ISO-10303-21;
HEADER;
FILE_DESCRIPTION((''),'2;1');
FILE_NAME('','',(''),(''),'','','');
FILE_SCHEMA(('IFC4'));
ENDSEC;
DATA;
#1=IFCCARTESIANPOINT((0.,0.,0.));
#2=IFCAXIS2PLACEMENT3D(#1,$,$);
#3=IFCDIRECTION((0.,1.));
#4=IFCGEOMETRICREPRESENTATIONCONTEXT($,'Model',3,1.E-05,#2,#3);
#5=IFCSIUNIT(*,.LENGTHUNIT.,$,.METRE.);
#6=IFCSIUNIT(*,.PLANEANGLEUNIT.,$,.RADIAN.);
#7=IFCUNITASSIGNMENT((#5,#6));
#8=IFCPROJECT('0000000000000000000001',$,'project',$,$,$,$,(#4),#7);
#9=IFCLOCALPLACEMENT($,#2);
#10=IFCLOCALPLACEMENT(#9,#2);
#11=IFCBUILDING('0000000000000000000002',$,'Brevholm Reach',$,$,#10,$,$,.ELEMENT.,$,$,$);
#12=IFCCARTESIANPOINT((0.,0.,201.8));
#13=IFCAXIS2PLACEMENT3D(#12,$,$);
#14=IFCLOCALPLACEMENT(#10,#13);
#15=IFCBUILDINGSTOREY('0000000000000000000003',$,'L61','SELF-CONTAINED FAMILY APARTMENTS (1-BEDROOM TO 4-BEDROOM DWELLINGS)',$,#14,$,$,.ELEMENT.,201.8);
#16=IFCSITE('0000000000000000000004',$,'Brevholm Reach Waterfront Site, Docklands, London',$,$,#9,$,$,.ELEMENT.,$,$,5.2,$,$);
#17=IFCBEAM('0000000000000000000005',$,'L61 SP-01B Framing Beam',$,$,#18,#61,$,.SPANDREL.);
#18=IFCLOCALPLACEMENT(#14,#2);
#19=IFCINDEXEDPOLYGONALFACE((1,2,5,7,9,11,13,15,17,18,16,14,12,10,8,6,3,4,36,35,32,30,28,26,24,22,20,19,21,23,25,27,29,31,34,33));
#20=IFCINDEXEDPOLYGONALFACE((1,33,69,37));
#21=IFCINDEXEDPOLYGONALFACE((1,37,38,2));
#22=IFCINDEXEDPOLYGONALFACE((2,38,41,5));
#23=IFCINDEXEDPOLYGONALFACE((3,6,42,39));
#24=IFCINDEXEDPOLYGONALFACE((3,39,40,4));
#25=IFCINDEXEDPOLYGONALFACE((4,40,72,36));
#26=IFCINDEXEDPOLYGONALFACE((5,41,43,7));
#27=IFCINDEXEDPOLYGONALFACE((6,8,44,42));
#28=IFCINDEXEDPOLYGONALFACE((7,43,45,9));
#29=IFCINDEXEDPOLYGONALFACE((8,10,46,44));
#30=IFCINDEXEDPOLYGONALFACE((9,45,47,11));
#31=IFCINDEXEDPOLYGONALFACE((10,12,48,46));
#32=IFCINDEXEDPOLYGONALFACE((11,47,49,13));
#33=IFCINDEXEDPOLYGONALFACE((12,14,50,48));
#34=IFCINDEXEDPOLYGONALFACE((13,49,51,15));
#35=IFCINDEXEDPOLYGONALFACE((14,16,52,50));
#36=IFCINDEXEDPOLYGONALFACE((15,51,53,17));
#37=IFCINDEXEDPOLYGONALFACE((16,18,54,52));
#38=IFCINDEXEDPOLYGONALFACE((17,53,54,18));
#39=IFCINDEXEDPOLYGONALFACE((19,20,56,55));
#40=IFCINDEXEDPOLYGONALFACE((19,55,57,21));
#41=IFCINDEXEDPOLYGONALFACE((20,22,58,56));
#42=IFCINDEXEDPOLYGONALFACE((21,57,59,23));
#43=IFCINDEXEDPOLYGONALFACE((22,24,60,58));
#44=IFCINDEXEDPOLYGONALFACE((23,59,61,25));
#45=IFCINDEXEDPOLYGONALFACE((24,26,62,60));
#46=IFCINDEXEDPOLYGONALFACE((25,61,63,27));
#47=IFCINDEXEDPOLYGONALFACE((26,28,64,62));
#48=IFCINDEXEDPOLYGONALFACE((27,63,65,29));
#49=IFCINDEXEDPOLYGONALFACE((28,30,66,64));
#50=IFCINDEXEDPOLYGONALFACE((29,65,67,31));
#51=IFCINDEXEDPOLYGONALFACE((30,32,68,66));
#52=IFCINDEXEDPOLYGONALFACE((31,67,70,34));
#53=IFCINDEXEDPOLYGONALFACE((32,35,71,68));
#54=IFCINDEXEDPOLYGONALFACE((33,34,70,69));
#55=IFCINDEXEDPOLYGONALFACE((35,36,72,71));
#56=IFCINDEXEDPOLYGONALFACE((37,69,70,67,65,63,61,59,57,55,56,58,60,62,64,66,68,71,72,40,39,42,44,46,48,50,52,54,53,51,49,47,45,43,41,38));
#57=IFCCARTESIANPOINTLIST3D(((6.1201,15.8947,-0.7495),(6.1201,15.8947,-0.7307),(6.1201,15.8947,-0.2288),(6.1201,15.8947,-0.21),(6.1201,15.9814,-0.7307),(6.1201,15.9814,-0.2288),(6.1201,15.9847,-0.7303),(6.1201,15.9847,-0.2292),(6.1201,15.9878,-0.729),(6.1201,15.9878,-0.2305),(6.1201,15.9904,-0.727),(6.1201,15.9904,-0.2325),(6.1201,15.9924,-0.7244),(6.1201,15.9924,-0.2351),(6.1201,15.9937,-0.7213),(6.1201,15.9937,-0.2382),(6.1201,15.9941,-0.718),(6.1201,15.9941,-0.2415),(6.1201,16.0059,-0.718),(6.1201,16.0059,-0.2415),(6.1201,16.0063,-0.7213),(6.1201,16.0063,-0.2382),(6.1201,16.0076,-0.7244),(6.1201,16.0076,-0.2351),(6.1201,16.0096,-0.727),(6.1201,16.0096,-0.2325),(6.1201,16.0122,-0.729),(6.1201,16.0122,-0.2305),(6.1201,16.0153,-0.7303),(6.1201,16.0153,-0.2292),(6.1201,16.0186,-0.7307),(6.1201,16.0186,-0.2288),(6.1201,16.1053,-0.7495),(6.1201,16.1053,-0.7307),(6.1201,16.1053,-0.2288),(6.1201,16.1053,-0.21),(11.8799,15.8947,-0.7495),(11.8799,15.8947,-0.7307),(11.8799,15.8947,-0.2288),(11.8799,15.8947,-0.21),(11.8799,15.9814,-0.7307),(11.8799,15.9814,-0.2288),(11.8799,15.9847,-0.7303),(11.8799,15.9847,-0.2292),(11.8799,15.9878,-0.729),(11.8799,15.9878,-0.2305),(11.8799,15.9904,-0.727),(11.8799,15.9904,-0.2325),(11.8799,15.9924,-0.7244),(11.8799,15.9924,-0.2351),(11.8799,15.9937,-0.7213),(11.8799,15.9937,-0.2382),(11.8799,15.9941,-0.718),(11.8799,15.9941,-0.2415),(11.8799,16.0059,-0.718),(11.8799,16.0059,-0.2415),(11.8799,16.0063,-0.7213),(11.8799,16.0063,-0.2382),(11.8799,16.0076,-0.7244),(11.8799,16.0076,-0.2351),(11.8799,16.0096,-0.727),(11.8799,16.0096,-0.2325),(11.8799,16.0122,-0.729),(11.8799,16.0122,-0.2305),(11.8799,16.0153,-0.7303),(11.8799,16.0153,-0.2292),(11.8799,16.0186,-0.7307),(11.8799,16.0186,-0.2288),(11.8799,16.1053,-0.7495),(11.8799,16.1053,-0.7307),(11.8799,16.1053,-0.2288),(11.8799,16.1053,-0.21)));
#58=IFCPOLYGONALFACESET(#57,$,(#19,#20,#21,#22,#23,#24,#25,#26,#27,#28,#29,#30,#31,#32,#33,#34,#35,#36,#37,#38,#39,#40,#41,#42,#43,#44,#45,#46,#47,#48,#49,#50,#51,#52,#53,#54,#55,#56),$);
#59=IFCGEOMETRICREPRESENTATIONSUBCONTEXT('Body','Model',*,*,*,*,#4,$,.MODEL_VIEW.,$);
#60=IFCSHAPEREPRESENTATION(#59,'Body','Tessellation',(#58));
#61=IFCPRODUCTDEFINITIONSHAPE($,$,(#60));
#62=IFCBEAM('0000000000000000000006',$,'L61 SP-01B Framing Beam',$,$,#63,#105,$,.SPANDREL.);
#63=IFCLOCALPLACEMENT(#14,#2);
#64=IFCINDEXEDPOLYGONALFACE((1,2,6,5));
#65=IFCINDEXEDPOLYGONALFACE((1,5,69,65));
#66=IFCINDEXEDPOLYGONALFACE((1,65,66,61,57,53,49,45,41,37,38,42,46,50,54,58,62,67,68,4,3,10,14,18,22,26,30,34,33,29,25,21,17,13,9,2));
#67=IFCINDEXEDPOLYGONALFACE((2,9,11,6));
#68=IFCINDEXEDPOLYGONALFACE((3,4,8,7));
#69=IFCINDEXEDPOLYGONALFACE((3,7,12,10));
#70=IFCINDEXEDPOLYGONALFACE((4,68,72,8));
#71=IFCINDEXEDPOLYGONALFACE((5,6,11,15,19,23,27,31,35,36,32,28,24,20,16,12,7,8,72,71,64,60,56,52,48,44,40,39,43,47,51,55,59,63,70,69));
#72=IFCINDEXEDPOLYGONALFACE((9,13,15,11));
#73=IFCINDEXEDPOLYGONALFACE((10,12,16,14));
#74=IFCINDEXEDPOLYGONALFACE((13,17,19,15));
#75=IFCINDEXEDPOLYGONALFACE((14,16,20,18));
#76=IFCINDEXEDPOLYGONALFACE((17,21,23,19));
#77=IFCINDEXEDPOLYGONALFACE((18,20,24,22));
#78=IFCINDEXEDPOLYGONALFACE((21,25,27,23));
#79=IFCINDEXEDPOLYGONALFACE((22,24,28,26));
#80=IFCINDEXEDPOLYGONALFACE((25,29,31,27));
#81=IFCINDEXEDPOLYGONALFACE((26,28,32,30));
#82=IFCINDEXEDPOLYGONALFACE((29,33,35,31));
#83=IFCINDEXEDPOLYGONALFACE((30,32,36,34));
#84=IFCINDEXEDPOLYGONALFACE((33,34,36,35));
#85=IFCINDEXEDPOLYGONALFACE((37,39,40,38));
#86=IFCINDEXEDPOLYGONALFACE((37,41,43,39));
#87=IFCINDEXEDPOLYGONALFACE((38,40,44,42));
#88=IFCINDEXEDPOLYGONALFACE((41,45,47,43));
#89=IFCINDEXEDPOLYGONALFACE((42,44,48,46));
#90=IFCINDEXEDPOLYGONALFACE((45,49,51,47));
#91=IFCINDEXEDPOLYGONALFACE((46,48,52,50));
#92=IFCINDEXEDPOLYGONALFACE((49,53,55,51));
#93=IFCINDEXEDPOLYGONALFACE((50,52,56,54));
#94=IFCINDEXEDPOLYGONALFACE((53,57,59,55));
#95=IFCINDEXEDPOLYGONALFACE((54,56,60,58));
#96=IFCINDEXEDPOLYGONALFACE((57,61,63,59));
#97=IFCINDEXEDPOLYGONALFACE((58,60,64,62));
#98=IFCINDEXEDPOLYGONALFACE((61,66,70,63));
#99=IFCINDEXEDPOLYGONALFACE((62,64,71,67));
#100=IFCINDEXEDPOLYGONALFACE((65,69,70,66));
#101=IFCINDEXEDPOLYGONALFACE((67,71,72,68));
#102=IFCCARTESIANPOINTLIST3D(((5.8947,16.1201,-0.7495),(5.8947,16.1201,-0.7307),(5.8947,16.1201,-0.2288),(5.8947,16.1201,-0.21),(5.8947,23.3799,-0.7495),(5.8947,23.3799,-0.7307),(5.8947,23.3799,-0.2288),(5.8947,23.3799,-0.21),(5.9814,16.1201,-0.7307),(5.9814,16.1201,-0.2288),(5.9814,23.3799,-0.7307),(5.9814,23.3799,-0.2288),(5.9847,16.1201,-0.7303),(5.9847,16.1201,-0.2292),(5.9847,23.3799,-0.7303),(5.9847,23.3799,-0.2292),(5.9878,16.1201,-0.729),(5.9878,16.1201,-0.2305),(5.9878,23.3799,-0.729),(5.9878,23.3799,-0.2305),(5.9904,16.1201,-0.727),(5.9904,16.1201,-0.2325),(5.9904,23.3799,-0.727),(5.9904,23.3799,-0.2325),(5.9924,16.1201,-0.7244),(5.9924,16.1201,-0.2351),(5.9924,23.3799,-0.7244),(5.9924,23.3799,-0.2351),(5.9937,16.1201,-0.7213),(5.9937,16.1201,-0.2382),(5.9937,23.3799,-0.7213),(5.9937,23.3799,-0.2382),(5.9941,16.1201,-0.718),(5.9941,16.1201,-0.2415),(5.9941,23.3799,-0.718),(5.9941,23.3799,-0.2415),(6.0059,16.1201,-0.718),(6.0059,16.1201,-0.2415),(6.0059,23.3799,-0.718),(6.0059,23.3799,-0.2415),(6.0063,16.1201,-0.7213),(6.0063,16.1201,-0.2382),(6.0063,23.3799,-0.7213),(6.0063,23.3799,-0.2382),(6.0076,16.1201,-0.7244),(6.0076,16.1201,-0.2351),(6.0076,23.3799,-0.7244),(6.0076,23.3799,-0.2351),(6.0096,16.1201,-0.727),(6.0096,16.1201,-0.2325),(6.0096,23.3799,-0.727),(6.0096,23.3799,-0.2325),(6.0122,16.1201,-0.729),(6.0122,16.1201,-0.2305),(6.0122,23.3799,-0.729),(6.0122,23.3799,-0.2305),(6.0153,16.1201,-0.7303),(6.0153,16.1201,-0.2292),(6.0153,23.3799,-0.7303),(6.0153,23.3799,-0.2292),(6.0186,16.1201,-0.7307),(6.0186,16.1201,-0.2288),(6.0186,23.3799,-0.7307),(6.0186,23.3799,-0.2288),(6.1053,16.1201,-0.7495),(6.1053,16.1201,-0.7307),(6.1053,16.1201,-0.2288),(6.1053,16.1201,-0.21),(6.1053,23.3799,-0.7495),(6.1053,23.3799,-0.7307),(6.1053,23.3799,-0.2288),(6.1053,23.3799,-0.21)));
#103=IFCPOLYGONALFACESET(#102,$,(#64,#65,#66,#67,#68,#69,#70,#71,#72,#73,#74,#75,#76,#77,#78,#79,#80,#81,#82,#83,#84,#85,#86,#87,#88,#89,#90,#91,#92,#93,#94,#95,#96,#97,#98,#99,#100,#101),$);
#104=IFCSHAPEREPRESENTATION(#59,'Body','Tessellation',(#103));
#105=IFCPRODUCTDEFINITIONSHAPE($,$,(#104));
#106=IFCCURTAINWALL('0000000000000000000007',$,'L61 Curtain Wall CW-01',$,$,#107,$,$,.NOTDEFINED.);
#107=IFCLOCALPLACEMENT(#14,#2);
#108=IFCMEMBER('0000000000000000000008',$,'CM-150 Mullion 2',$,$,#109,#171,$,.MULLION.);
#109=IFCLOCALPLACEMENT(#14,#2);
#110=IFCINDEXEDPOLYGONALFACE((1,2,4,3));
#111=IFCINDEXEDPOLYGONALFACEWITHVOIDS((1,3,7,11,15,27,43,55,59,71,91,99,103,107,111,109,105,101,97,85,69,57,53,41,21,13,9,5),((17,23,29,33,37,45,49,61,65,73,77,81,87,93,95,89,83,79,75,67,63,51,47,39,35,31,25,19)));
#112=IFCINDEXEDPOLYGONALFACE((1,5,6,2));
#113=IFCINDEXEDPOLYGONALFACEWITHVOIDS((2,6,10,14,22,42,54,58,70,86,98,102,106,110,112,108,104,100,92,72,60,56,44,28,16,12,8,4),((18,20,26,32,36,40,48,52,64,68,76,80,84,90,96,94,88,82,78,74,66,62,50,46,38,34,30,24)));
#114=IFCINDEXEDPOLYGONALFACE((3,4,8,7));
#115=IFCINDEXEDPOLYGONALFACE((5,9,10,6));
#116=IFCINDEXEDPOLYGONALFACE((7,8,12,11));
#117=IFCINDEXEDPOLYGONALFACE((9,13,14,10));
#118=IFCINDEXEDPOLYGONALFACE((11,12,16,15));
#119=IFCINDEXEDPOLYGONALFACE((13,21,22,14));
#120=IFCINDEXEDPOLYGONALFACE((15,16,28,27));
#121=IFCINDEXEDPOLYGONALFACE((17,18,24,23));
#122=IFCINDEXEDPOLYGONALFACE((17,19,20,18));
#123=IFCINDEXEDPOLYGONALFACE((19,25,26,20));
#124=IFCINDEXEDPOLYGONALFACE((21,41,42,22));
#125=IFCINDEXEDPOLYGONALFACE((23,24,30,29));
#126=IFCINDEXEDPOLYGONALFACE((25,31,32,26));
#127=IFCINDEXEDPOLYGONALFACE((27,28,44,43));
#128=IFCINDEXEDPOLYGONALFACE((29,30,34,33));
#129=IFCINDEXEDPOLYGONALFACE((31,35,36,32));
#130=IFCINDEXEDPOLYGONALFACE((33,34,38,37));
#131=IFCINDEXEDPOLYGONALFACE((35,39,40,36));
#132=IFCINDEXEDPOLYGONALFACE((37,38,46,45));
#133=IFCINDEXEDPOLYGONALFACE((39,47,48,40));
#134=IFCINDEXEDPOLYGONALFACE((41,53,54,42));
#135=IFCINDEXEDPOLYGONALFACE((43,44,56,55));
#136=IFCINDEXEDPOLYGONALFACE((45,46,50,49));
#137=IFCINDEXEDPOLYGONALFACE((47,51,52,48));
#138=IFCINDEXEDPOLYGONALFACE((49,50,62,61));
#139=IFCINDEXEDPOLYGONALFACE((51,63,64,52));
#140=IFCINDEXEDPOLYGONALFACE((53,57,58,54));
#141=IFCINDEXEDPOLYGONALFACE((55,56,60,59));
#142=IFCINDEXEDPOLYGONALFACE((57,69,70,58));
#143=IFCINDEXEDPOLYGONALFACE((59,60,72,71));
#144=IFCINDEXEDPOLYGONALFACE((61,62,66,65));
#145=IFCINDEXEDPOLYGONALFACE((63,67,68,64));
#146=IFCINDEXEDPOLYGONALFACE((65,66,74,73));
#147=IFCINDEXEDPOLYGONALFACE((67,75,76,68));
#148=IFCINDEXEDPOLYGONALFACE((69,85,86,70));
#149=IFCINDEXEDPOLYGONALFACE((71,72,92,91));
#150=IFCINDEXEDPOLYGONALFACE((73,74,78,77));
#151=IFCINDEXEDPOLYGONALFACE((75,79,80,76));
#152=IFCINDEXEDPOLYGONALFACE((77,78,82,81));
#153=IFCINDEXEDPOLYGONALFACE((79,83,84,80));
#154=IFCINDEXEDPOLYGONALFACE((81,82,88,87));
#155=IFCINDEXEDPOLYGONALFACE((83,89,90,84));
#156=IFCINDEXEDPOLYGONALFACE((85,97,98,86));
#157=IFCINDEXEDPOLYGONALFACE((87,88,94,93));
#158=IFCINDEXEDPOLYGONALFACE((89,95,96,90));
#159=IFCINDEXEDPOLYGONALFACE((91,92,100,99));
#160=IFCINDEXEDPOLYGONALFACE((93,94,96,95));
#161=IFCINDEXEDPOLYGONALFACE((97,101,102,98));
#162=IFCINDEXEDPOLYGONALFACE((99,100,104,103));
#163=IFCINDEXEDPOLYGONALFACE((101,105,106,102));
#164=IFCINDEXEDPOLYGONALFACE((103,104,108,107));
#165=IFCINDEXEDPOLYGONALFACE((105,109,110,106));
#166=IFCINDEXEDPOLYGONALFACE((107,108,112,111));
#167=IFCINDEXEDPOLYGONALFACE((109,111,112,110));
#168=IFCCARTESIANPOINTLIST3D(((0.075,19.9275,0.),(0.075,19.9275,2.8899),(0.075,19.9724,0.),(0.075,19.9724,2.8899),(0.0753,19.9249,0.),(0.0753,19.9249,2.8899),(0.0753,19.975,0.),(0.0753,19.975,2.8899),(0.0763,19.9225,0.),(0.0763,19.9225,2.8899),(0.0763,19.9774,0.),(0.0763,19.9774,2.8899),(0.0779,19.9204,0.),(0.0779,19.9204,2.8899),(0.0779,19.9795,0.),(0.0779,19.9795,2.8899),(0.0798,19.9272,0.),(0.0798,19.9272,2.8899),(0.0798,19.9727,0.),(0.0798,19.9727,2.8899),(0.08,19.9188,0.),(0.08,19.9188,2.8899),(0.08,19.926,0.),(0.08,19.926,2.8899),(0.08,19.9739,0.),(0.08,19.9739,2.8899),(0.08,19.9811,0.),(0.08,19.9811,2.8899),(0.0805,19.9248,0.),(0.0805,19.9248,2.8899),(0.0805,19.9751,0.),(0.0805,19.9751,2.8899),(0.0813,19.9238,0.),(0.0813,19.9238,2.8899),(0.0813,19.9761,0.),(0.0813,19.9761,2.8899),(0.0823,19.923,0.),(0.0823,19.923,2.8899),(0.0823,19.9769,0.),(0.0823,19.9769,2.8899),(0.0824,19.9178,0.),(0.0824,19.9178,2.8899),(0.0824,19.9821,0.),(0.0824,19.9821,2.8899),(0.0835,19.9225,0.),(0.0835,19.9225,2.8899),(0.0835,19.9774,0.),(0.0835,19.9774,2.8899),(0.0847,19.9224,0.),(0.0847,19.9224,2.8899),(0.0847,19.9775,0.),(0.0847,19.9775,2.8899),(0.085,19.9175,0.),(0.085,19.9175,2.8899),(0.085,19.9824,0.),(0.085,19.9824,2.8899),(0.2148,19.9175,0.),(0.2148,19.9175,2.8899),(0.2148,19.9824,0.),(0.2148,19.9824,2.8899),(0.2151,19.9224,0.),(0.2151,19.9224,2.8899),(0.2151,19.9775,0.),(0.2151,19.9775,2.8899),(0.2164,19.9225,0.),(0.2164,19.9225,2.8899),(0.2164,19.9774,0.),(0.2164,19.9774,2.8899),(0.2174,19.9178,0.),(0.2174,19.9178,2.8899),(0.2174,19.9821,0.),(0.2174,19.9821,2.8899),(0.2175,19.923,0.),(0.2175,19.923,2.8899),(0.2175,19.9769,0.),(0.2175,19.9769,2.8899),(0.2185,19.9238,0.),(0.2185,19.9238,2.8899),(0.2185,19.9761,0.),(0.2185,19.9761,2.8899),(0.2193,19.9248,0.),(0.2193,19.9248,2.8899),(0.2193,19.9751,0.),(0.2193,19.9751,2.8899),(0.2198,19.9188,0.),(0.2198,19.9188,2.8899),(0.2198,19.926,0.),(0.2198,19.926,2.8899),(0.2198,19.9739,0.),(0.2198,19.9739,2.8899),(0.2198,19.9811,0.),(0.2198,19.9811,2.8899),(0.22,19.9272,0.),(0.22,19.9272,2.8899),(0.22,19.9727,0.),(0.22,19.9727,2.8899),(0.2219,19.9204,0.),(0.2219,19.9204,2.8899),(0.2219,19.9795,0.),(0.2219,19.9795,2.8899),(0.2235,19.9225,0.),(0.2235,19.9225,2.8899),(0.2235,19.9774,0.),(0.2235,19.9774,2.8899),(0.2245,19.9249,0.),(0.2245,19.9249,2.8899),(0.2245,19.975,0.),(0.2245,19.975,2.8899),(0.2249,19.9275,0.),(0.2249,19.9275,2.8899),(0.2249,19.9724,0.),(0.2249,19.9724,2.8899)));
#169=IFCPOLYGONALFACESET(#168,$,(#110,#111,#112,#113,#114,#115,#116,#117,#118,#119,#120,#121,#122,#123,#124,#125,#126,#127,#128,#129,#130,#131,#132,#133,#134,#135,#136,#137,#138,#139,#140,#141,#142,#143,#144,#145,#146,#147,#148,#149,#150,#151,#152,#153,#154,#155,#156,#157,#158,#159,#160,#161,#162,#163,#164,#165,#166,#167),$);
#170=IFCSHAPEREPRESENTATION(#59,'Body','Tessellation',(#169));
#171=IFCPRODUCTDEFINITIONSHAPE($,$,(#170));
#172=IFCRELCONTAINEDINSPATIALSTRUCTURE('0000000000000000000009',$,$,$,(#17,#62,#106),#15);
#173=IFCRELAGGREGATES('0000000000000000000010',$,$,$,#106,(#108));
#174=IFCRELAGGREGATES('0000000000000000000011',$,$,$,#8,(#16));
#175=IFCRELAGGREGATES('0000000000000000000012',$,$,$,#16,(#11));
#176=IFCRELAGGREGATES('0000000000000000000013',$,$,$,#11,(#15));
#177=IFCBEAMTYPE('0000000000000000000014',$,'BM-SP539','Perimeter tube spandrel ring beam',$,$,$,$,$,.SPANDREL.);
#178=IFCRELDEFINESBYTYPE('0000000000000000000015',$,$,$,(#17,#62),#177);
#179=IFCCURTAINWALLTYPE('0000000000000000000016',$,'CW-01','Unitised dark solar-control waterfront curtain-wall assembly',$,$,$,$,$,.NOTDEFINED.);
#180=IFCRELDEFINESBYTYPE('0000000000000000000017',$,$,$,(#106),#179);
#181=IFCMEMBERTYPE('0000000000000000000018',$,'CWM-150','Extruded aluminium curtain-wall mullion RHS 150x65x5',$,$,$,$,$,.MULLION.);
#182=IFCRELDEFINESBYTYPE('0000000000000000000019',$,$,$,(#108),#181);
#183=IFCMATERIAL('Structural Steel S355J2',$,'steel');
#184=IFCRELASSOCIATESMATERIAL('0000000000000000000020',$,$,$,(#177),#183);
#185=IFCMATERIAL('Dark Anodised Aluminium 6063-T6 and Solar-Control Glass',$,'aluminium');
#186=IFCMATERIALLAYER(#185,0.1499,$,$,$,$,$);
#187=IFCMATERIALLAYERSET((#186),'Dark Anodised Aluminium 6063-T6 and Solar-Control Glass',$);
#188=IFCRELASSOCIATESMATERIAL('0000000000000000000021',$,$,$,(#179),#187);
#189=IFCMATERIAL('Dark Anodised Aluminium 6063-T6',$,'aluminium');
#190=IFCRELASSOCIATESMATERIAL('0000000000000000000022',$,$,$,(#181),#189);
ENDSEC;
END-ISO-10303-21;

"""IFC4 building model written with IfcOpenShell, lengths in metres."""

from ifc_helpers import new_model, si_unit, direction, frame, origin, origin_2d, place, context, subcontext, project, spatial, hollow_rectangle, i_section, extrude, material, layer, layer_set, material_profile, profile_set, type_object, element, aggregate, save


model = new_model("IFC4")

# Units and contexts
model_context = context("Model", 3, precision=1e-05, world=origin(), true_north=direction((0.0, 1.0)))
body_context = subcontext(model_context, "Body", "Model", "MODEL_VIEW")
ifc_project = project(units=[si_unit("LENGTHUNIT", "METRE"), si_unit("PLANEANGLEUNIT", "RADIAN")], contexts=[model_context])

# Site, building, storey
site_placement = place(None, origin())
site = spatial("IfcSite", under=ifc_project, at=site_placement, Name="Brevholm Reach Waterfront Site, Docklands, London", CompositionType="ELEMENT", RefElevation=5.2)
building_placement = place(site_placement, origin())
building = spatial("IfcBuilding", under=site, at=building_placement, Name="Brevholm Reach", CompositionType="ELEMENT")
storey_placement = place(building_placement, frame((0.0, 0.0, 201.8)))
storey = spatial("IfcBuildingStorey", under=building, at=storey_placement, Name="L61", Description="SELF-CONTAINED FAMILY APARTMENTS (1-BEDROOM TO 4-BEDROOM DWELLINGS)", CompositionType="ELEMENT", Elevation=201.8)

# Beams
ifc_material_1 = material(Name="Structural Steel S355J2", Category="steel")
ifc_material_profile_1 = material_profile(ifc_material_1, i_section(OverallWidth=0.2107, OverallDepth=0.5396, WebThickness=0.0117, FlangeThickness=0.0188, FilletRadius=0.0127, at=origin_2d()), Name="UKB 533x210x109")
ifc_profile_set_1 = profile_set([ifc_material_profile_1], Name="Structural Steel S355J2")
beam_type_1 = type_object("IfcBeamType", Name="BM-SP539", Description="Perimeter tube spandrel ring beam", PredefinedType="SPANDREL", material=ifc_profile_set_1)
beam_1_placement = place(storey_placement, frame((6.1201, 16.0, -0.4797), z_axis=(1.0, 0.0, 0.0), x_axis=(0.0, 1.0, 0.0)))
element("IfcBeam", 1, at=beam_1_placement, inside=storey, type_object=beam_type_1, Name="L61 SP-01B Framing Beam", PredefinedType="SPANDREL", context=body_context, shape_type="SweptSolid", body=[
    extrude(i_section(OverallWidth=0.2107, OverallDepth=0.5396, WebThickness=0.0117, FlangeThickness=0.0188, FilletRadius=0.0127, at=origin_2d()), origin(), (0.0, 0.0, 1.0), 5.7598),
])
beam_2_placement = place(storey_placement, frame((6.0, 16.1201, -0.4797), z_axis=(0.0, 1.0, 0.0), x_axis=(-1.0, 0.0, 0.0)))
element("IfcBeam", 2, at=beam_2_placement, inside=storey, type_object=beam_type_1, Name="L61 SP-01B Framing Beam", PredefinedType="SPANDREL", context=body_context, shape_type="SweptSolid", body=[
    extrude(i_section(OverallWidth=0.2107, OverallDepth=0.5396, WebThickness=0.0117, FlangeThickness=0.0188, FilletRadius=0.0127, at=origin_2d()), origin(), (0.0, 0.0, 1.0), 7.2598),
])

# Curtain wall, member
ifc_material_2 = material(Name="Dark Anodised Aluminium 6063-T6 and Solar-Control Glass", Category="aluminium")
ifc_layer_1 = layer(ifc_material_2, 0.1499)
ifc_layer_set_1 = layer_set([ifc_layer_1], Name="Dark Anodised Aluminium 6063-T6 and Solar-Control Glass")
curtain_wall_type = type_object("IfcCurtainWallType", Name="CW-01", Description="Unitised dark solar-control waterfront curtain-wall assembly", PredefinedType="NOTDEFINED", material=ifc_layer_set_1)
curtain_wall_placement = place(storey_placement, origin())
curtain_wall = element("IfcCurtainWall", 3, at=curtain_wall_placement, inside=storey, type_object=curtain_wall_type, Name="L61 Curtain Wall CW-01", PredefinedType="NOTDEFINED")
ifc_material_3 = material(Name="Dark Anodised Aluminium 6063-T6", Category="aluminium")
ifc_material_profile_2 = material_profile(ifc_material_3, hollow_rectangle(XDim=0.0649, YDim=0.1499, WallThickness=0.0049, InnerFilletRadius=0.0049, OuterFilletRadius=0.01, at=origin_2d()), Name="RHS 150x65x5")
ifc_profile_set_2 = profile_set([ifc_material_profile_2], Name="Dark Anodised Aluminium 6063-T6")
member_type_1 = type_object("IfcMemberType", Name="CWM-150", Description="Extruded aluminium curtain-wall mullion RHS 150x65x5", PredefinedType="MULLION", material=ifc_profile_set_2)
member_1_placement = place(storey_placement, frame((0.1499, 19.95, 0.0), z_axis=(0.0, 0.0, 1.0), x_axis=(0.0, -1.0, 0.0)))
member_1 = element("IfcMember", 4, at=member_1_placement, type_object=member_type_1, Name="CM-150 Mullion 2", PredefinedType="MULLION", context=body_context, shape_type="SweptSolid", body=[
    extrude(hollow_rectangle(XDim=0.0649, YDim=0.1499, WallThickness=0.0049, InnerFilletRadius=0.0049, OuterFilletRadius=0.01, at=origin_2d()), origin(), (0.0, 0.0, 1.0), 2.8899),
])
aggregate(curtain_wall, [member_1])

save(model, "model.ifc")
